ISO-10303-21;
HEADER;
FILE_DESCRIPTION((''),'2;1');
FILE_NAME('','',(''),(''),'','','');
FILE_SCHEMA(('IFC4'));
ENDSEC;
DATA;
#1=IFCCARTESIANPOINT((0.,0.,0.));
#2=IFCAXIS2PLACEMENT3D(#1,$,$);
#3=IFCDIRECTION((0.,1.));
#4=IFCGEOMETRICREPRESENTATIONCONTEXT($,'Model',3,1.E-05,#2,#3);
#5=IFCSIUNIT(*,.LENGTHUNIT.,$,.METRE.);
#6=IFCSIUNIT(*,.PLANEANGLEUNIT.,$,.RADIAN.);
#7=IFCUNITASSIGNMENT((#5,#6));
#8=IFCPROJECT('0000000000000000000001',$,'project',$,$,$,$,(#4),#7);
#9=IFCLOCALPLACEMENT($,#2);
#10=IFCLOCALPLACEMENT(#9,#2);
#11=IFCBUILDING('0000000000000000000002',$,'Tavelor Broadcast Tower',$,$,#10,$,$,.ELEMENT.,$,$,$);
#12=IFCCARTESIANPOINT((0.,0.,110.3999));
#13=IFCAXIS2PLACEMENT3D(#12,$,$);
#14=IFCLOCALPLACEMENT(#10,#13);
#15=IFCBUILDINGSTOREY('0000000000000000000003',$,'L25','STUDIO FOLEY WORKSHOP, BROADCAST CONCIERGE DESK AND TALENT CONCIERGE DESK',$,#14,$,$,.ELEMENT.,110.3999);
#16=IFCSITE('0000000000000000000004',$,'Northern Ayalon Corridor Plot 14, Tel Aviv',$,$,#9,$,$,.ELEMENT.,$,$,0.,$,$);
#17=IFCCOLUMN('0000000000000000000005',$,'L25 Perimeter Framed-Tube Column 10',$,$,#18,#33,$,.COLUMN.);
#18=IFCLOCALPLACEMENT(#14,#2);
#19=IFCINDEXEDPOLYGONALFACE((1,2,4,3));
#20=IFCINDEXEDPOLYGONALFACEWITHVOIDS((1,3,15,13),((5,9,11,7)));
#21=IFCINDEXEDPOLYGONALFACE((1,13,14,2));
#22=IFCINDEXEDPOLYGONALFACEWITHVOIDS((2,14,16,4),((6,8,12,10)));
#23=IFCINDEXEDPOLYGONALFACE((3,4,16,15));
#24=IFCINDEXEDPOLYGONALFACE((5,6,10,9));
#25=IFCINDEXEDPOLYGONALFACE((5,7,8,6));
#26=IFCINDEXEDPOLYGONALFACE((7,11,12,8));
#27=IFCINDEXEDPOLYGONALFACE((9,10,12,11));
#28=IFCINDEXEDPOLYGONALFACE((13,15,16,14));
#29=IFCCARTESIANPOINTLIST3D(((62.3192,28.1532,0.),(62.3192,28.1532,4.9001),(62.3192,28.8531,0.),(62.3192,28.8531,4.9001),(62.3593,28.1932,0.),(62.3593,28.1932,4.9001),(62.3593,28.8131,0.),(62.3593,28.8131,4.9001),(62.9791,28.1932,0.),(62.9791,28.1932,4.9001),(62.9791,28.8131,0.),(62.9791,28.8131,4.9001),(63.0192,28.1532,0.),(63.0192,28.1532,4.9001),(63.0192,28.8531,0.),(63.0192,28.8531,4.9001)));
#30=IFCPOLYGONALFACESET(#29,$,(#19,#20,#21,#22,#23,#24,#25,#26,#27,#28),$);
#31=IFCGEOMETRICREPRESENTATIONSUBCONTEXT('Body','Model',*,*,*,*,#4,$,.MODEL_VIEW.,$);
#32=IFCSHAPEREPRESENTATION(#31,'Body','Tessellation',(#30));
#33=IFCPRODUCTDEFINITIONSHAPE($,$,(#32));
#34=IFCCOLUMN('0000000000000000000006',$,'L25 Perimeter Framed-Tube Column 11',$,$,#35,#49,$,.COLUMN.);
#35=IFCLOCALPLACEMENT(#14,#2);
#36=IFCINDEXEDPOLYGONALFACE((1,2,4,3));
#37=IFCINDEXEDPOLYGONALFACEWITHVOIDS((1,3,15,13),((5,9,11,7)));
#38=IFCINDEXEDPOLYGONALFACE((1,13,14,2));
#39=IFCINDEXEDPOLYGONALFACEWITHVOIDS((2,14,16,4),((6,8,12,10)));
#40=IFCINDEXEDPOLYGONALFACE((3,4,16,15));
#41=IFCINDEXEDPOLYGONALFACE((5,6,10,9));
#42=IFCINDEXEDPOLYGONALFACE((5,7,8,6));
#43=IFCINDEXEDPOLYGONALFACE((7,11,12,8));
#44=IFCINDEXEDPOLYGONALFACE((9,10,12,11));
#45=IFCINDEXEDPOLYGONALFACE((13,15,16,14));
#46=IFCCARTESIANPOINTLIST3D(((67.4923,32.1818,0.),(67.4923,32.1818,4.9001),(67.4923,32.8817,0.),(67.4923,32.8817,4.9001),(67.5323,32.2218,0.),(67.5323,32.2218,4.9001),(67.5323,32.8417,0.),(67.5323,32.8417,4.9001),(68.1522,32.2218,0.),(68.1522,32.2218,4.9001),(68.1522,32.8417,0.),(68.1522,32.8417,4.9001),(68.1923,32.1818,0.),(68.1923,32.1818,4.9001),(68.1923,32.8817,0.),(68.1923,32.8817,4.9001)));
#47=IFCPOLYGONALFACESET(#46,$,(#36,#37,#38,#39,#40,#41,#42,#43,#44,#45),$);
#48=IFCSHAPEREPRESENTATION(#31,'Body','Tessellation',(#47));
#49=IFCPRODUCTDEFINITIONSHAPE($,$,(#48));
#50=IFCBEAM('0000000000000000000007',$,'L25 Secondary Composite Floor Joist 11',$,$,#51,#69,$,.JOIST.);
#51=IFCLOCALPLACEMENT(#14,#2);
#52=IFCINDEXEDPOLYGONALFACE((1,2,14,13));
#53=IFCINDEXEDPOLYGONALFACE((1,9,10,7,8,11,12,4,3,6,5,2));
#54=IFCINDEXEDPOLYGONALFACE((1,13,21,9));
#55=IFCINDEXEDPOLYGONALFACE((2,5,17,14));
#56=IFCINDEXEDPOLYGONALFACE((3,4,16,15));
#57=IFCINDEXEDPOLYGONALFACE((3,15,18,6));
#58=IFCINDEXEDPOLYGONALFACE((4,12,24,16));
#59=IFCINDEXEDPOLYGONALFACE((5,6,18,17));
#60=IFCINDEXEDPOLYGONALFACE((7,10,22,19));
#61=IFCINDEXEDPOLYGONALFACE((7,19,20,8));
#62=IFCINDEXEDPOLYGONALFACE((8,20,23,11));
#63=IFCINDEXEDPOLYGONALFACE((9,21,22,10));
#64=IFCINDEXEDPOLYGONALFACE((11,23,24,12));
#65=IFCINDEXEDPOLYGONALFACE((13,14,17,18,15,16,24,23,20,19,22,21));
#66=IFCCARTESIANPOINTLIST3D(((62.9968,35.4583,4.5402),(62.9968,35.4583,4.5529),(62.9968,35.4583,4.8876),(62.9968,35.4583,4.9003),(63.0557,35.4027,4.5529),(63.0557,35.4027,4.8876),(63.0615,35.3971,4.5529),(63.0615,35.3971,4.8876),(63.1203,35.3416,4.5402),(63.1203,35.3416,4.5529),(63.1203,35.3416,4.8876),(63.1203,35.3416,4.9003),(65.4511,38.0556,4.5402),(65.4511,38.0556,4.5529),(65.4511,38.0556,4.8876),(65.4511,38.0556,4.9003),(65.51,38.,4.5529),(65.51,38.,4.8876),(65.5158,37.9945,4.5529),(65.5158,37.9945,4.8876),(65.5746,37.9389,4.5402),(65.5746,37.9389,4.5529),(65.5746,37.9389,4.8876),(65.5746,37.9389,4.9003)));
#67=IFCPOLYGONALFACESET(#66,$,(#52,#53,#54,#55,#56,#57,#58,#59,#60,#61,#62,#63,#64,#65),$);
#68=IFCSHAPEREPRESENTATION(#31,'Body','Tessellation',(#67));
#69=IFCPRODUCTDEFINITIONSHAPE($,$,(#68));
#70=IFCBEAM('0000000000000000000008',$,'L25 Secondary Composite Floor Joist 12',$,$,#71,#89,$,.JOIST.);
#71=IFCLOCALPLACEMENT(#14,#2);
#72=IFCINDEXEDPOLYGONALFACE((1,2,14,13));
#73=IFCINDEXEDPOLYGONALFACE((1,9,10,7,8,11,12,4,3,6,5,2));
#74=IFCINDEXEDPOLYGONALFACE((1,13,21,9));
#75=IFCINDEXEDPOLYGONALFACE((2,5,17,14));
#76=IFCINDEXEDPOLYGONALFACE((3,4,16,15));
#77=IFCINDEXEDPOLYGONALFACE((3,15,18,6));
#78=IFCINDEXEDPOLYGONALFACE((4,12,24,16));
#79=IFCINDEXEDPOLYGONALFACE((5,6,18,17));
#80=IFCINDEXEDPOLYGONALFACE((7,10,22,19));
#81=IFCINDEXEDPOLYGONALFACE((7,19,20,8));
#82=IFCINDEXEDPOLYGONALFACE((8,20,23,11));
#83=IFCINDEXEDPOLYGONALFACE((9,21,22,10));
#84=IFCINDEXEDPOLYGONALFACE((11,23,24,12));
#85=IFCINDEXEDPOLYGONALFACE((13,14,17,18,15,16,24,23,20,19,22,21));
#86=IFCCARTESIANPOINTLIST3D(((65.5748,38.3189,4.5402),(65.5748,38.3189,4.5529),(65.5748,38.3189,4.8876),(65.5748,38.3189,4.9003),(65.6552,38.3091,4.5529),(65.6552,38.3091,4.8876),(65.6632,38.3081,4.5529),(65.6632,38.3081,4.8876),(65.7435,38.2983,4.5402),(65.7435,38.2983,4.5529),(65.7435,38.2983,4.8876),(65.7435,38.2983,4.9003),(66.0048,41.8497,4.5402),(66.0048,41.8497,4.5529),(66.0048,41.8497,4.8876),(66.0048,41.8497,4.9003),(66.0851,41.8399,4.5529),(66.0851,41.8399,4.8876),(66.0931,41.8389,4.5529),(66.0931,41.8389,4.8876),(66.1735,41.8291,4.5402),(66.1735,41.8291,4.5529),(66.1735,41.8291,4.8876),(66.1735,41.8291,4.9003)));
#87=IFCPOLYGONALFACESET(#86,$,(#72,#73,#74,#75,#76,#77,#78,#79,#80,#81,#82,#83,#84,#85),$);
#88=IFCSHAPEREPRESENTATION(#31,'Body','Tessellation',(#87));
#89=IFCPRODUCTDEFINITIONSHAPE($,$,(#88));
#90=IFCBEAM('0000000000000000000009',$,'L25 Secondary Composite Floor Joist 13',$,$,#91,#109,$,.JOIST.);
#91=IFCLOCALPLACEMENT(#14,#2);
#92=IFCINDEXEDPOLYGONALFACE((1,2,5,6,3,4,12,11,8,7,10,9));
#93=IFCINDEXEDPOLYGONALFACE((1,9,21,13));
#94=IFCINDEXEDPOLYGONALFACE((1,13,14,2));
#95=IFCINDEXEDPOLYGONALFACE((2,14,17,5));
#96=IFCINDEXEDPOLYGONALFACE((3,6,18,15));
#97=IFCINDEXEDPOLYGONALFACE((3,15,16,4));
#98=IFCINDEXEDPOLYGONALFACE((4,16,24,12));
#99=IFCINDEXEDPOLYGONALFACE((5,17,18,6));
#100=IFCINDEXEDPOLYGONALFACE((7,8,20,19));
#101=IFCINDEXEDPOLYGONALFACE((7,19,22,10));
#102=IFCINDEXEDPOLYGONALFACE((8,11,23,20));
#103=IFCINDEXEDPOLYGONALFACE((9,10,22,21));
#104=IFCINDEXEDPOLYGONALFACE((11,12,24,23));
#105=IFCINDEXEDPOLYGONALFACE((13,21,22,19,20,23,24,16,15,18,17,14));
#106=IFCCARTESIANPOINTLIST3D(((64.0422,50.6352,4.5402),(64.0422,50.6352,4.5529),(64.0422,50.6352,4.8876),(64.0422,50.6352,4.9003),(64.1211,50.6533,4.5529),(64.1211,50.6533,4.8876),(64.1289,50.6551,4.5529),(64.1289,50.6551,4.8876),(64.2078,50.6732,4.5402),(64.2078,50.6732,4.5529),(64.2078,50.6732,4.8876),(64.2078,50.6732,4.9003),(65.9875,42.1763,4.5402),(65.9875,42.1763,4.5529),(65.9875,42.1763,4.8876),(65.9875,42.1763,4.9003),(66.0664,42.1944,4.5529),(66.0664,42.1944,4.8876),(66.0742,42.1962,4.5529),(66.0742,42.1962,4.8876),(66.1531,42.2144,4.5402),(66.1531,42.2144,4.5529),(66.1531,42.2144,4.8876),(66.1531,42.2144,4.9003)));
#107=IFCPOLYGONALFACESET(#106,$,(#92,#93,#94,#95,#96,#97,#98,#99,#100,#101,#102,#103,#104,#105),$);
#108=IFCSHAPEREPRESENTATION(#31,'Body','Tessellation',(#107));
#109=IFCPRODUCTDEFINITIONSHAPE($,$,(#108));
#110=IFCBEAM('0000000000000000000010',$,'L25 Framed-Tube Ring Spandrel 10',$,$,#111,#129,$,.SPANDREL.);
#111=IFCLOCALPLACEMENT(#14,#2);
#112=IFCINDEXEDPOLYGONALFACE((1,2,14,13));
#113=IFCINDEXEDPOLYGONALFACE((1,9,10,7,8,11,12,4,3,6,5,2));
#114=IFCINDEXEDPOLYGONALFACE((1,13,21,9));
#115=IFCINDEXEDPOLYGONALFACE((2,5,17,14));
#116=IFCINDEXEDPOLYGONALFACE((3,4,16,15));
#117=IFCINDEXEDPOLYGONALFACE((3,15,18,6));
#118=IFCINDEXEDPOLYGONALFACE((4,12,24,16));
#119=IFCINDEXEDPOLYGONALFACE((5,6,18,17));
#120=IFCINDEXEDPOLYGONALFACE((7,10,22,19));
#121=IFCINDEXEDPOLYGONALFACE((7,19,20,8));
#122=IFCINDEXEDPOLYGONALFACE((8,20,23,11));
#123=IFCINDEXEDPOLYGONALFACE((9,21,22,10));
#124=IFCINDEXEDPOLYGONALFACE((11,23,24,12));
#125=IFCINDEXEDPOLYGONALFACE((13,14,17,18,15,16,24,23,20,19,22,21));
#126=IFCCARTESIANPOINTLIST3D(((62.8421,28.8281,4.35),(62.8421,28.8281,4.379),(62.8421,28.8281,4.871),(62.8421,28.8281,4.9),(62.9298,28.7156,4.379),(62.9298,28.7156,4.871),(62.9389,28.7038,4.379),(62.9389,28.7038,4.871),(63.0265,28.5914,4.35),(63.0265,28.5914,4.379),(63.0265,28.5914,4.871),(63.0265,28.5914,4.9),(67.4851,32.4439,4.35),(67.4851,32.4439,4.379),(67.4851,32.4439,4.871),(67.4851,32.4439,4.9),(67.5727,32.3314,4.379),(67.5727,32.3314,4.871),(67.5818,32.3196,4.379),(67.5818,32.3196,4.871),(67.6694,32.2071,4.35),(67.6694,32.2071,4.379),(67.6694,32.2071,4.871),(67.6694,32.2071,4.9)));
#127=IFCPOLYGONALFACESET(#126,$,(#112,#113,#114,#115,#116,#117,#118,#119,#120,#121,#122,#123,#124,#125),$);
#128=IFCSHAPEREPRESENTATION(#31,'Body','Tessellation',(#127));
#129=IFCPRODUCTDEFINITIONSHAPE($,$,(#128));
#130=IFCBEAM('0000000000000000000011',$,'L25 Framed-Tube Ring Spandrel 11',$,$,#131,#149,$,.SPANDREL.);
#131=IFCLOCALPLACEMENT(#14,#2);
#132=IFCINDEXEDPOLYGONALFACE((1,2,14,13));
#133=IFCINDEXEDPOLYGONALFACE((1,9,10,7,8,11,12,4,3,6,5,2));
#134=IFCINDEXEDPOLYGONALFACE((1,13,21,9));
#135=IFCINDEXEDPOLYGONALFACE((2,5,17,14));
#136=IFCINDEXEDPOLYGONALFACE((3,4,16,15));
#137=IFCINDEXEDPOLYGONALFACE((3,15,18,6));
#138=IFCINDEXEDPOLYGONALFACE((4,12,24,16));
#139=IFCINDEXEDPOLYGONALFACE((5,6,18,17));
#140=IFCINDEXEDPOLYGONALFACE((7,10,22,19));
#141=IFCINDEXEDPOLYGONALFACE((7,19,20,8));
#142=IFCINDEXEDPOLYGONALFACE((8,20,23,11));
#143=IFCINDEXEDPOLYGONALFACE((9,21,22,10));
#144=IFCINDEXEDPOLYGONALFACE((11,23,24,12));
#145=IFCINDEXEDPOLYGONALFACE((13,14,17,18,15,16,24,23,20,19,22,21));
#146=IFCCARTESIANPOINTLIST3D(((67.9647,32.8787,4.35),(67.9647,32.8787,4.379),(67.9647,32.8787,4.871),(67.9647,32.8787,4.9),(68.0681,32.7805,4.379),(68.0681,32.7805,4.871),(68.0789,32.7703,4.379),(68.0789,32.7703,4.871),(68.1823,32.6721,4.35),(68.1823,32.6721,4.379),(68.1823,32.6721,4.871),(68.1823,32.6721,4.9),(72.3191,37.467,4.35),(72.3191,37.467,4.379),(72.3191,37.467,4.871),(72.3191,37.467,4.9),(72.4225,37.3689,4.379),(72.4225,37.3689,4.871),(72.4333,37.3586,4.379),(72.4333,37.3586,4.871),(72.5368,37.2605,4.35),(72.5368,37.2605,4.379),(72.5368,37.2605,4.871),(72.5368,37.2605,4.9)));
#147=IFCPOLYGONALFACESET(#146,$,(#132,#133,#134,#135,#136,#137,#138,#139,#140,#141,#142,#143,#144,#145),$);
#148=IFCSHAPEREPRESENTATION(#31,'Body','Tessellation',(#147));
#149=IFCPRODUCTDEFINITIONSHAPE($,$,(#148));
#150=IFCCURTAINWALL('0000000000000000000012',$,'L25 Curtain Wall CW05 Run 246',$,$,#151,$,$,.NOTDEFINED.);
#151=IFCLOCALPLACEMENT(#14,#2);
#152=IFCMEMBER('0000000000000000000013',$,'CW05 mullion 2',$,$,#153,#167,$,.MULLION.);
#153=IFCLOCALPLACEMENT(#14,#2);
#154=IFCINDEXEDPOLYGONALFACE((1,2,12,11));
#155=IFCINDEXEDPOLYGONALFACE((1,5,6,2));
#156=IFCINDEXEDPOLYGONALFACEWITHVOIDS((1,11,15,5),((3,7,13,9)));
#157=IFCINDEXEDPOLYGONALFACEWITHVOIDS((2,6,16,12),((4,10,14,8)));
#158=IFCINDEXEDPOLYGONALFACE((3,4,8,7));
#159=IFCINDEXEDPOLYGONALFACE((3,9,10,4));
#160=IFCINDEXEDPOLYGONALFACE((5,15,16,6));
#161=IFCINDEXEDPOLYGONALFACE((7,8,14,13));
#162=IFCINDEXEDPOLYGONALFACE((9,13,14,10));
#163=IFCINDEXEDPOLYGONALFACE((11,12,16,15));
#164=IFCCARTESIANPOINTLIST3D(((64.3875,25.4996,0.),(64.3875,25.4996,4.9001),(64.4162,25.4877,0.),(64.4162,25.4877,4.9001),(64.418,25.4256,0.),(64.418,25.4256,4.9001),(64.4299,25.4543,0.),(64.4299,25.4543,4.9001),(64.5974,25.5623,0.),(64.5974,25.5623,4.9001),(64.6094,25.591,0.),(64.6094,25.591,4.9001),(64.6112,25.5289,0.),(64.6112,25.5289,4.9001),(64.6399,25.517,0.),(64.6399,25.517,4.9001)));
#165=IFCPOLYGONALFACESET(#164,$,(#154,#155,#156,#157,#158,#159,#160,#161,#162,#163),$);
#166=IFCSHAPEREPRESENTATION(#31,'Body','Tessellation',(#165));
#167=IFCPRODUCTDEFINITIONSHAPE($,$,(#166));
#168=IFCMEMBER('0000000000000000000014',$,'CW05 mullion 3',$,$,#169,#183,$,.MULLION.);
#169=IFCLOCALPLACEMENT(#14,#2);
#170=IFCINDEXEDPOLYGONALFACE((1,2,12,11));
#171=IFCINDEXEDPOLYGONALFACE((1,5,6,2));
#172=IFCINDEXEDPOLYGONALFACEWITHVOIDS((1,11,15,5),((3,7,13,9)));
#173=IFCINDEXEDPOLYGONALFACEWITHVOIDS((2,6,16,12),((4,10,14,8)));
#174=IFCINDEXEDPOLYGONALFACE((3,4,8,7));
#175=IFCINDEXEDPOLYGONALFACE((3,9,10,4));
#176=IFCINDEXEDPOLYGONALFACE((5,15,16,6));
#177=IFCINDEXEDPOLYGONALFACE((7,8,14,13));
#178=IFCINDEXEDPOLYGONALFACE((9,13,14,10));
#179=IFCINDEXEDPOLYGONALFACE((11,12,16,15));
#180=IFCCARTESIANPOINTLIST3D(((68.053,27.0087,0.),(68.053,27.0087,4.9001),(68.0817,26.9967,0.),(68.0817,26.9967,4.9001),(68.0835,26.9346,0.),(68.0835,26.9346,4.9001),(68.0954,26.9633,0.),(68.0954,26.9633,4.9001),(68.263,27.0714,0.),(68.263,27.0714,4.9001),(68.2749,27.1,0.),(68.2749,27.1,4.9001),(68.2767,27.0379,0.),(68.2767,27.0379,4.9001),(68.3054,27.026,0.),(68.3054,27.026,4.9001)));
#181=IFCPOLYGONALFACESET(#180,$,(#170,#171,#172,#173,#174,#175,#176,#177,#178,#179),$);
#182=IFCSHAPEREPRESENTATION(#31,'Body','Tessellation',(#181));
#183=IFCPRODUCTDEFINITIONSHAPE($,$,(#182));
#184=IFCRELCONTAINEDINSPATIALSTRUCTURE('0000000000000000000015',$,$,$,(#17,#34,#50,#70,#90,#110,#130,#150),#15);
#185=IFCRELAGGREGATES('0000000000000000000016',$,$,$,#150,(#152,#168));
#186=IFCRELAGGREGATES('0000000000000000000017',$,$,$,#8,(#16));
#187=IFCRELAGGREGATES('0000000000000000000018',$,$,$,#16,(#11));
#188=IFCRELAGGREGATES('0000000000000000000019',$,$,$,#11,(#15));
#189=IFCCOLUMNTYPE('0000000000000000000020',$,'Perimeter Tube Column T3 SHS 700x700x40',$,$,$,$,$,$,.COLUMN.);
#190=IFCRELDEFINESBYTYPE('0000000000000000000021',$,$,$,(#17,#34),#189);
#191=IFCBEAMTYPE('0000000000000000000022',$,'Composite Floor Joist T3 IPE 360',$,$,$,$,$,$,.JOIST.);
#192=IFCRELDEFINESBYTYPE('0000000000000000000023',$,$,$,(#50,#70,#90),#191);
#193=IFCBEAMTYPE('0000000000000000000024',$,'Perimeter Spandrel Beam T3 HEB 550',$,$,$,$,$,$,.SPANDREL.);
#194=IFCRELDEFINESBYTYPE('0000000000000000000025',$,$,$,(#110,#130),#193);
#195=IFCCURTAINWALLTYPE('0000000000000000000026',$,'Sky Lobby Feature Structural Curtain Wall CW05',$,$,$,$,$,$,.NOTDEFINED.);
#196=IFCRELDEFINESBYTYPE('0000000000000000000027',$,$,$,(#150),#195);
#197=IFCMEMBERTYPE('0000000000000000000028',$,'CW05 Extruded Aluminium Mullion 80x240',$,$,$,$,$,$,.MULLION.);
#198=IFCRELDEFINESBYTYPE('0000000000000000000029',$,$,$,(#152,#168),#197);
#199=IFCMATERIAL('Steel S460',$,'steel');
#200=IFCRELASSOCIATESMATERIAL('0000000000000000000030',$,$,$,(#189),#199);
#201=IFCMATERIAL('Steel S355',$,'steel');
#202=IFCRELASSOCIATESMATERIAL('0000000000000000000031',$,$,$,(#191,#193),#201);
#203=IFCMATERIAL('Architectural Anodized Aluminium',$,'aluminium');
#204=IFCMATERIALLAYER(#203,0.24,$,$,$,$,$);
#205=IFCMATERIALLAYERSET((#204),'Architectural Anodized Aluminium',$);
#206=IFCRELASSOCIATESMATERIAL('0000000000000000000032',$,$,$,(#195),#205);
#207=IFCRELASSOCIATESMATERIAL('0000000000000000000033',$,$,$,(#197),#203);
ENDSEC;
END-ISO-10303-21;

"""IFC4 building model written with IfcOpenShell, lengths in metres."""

from ifc_helpers import new_model, si_unit, direction, frame, origin, origin_2d, place, context, subcontext, project, spatial, hollow_rectangle, i_section, extrude, source, transform, mapped, material, layer, layer_set, material_profile, profile_set, type_object, type_shapes, element, aggregate, save


model = new_model("IFC4")

# Units and contexts
model_context = context("Model", 3, precision=1e-05, world=origin(), true_north=direction((0.0, 1.0)))
body_context = subcontext(model_context, "Body", "Model", "MODEL_VIEW")
ifc_project = project(units=[si_unit("LENGTHUNIT", "METRE"), si_unit("PLANEANGLEUNIT", "RADIAN")], contexts=[model_context])

# Site, building, storey
site_placement = place(None, origin())
site = spatial("IfcSite", under=ifc_project, at=site_placement, Name="Northern Ayalon Corridor Plot 14, Tel Aviv", CompositionType="ELEMENT", RefElevation=0.0)
building_placement = place(site_placement, origin())
building = spatial("IfcBuilding", under=site, at=building_placement, Name="Tavelor Broadcast Tower", CompositionType="ELEMENT")
storey_placement = place(building_placement, frame((0.0, 0.0, 110.3999)))
storey = spatial("IfcBuildingStorey", under=building, at=storey_placement, Name="L25", Description="STUDIO FOLEY WORKSHOP, BROADCAST CONCIERGE DESK AND TALENT CONCIERGE DESK", CompositionType="ELEMENT", Elevation=110.3999)

# Columns
ifc_material_1 = material(Name="Steel S460", Category="steel")
ifc_material_profile_1 = material_profile(ifc_material_1, hollow_rectangle(XDim=0.7, YDim=0.7, WallThickness=0.04, at=origin_2d()), Name="SHS 700x700x40")
ifc_profile_set_1 = profile_set([ifc_material_profile_1], Name="Steel S460")
column_type = type_object("IfcColumnType", Name="Perimeter Tube Column T3 SHS 700x700x40", PredefinedType="COLUMN", material=ifc_profile_set_1)
for number, where, z_axis, x_axis, name in (
    (1, (62.6692, 28.5032, 0.0), (0.0, 0.0, 1.0), (1.0, 0.0, 0.0), "L25 Perimeter Framed-Tube Column 10"),
    (2, (67.8423, 32.5317, 0.0), (0.0, 0.0, 1.0), (1.0, 0.0, 0.0), "L25 Perimeter Framed-Tube Column 11"),
):
    element("IfcColumn", number, at=place(storey_placement, frame(where, z_axis=z_axis, x_axis=x_axis)), inside=storey, type_object=column_type, Name=name, PredefinedType="COLUMN", context=body_context, shape_type="SweptSolid", body=[
        extrude(hollow_rectangle(XDim=0.7, YDim=0.7, WallThickness=0.04, at=origin_2d()), origin(), (0.0, 0.0, 1.0), 4.9001),
    ])

# Beams
ifc_material_2 = material(Name="Steel S355", Category="steel")
ifc_material_profile_2 = material_profile(ifc_material_2, i_section(OverallWidth=0.1699, OverallDepth=0.3601, WebThickness=0.0081, FlangeThickness=0.0127, at=origin_2d()), Name="IPE 360")
ifc_profile_set_2 = profile_set([ifc_material_profile_2], Name="Steel S355")
beam_type_1 = type_object("IfcBeamType", Name="Composite Floor Joist T3 IPE 360", PredefinedType="JOIST", material=ifc_profile_set_2)
beam_1_placement = place(storey_placement, frame((63.0586, 35.3999, 4.7202), z_axis=(0.686806, 0.726841, 0.0), x_axis=(-0.726841, 0.686806, 0.0)))
element("IfcBeam", 3, at=beam_1_placement, inside=storey, type_object=beam_type_1, Name="L25 Secondary Composite Floor Joist 11", PredefinedType="JOIST", context=body_context, shape_type="SweptSolid", body=[
    extrude(i_section(OverallWidth=0.1699, OverallDepth=0.3601, WebThickness=0.0081, FlangeThickness=0.0127, at=origin_2d()), origin(), (0.0, 0.0, 1.0), 3.5735),
])
beam_2_placement = place(storey_placement, frame((65.6592, 38.3086, 4.7202), z_axis=(0.120875, 0.992668, 0.0), x_axis=(-0.992668, 0.120875, 0.0)))
element("IfcBeam", 4, at=beam_2_placement, inside=storey, type_object=beam_type_1, Name="L25 Secondary Composite Floor Joist 12", PredefinedType="JOIST", context=body_context, shape_type="SweptSolid", body=[
    extrude(i_section(OverallWidth=0.1699, OverallDepth=0.3601, WebThickness=0.0081, FlangeThickness=0.0127, at=origin_2d()), origin(), (0.0, 0.0, 1.0), 3.5569),
])
beam_3_placement = place(storey_placement, frame((66.0703, 42.1953, 4.7202), z_axis=(-0.22412, 0.974562, 0.0), x_axis=(-0.974562, -0.22412, 0.0)))
element("IfcBeam", 5, at=beam_3_placement, inside=storey, type_object=beam_type_1, Name="L25 Secondary Composite Floor Joist 13", PredefinedType="JOIST", context=body_context, shape_type="SweptSolid", body=[
    extrude(i_section(OverallWidth=0.1699, OverallDepth=0.3601, WebThickness=0.0081, FlangeThickness=0.0127, at=origin_2d()), origin(), (0.0, 0.0, 1.0), 8.6797),
])
ifc_material_profile_3 = material_profile(ifc_material_2, i_section(OverallWidth=0.3, OverallDepth=0.55, WebThickness=0.0149, FlangeThickness=0.0291, at=origin_2d()), Name="HEB 550")
ifc_profile_set_3 = profile_set([ifc_material_profile_3], Name="Steel S355")
beam_type_2 = type_object("IfcBeamType", Name="Perimeter Spandrel Beam T3 HEB 550", PredefinedType="SPANDREL", material=ifc_profile_set_3)
beam_4_placement = place(storey_placement, frame((62.9343, 28.7097, 4.625), z_axis=(0.78897, 0.614432, 0.0), x_axis=(-0.614432, 0.78897, 0.0)))
element("IfcBeam", 6, at=beam_4_placement, inside=storey, type_object=beam_type_2, Name="L25 Framed-Tube Ring Spandrel 10", PredefinedType="SPANDREL", context=body_context, shape_type="SweptSolid", body=[
    extrude(i_section(OverallWidth=0.3, OverallDepth=0.55, WebThickness=0.0149, FlangeThickness=0.0291, at=origin_2d()), origin(), (0.0, 0.0, 1.0), 5.8848),
])
beam_5_placement = place(storey_placement, frame((68.0735, 32.7754, 4.625), z_axis=(0.688378, 0.725352, 0.0), x_axis=(-0.725352, 0.688378, 0.0)))
element("IfcBeam", 7, at=beam_5_placement, inside=storey, type_object=beam_type_2, Name="L25 Framed-Tube Ring Spandrel 11", PredefinedType="SPANDREL", context=body_context, shape_type="SweptSolid", body=[
    extrude(i_section(OverallWidth=0.3, OverallDepth=0.55, WebThickness=0.0149, FlangeThickness=0.0291, at=origin_2d()), origin(), (0.0, 0.0, 1.0), 6.3257),
])

# Curtain wall, members
ifc_material_3 = material(Name="Architectural Anodized Aluminium", Category="aluminium")
ifc_layer_1 = layer(ifc_material_3, 0.24)
ifc_layer_set_1 = layer_set([ifc_layer_1], Name="Architectural Anodized Aluminium")
curtain_wall_type = type_object("IfcCurtainWallType", Name="Sky Lobby Feature Structural Curtain Wall CW05", PredefinedType="NOTDEFINED", material=ifc_layer_set_1)
curtain_wall_1_placement = place(storey_placement, origin())
curtain_wall_1 = element("IfcCurtainWall", 8, at=curtain_wall_1_placement, inside=storey, type_object=curtain_wall_type, Name="L25 Curtain Wall CW05 Run 246", PredefinedType="NOTDEFINED")
ifc_material_profile_4 = material_profile(ifc_material_3, hollow_rectangle(XDim=0.0801, YDim=0.24, WallThickness=0.022, at=origin_2d()), Name="RHS 80x240x22")
ifc_profile_set_4 = profile_set([ifc_material_profile_4], Name="Architectural Anodized Aluminium")
member_type_1 = type_object("IfcMemberType", Name="CW05 Extruded Aluminium Mullion 80x240", PredefinedType="MULLION", material=ifc_profile_set_4)
shared_shape_1 = source(origin(), body_context, "Body", "SweptSolid", [
    extrude(hollow_rectangle(XDim=0.0801, YDim=0.24, WallThickness=0.022, at=origin_2d()), origin(), (0.0, 0.0, 1.0), 4.9001),
])
type_shapes(member_type_1, [shared_shape_1])
member_1_placement = place(storey_placement, frame((64.5137, 25.5083, 0.0), z_axis=(0.0, 0.0, 1.0), x_axis=(-0.380669, 0.924711, 0.0)))
member_1 = element("IfcMember", 9, at=member_1_placement, type_object=member_type_1, Name="CW05 mullion 2", PredefinedType="MULLION", context=body_context, shape_type="MappedRepresentation", body=[
    mapped(shared_shape_1, transform((0.0, 0.0, 0.0), scale=1.0)),
])
member_2_placement = place(storey_placement, frame((68.1792, 27.0173, 0.0), z_axis=(0.0, 0.0, 1.0), x_axis=(-0.380669, 0.924711, 0.0)))
member_2 = element("IfcMember", 10, at=member_2_placement, type_object=member_type_1, Name="CW05 mullion 3", PredefinedType="MULLION", context=body_context, shape_type="MappedRepresentation", body=[
    mapped(shared_shape_1, transform((0.0, 0.0, 0.0), scale=1.0)),
])

aggregate(curtain_wall_1, [member_1, member_2])

save(model, "model.ifc")
